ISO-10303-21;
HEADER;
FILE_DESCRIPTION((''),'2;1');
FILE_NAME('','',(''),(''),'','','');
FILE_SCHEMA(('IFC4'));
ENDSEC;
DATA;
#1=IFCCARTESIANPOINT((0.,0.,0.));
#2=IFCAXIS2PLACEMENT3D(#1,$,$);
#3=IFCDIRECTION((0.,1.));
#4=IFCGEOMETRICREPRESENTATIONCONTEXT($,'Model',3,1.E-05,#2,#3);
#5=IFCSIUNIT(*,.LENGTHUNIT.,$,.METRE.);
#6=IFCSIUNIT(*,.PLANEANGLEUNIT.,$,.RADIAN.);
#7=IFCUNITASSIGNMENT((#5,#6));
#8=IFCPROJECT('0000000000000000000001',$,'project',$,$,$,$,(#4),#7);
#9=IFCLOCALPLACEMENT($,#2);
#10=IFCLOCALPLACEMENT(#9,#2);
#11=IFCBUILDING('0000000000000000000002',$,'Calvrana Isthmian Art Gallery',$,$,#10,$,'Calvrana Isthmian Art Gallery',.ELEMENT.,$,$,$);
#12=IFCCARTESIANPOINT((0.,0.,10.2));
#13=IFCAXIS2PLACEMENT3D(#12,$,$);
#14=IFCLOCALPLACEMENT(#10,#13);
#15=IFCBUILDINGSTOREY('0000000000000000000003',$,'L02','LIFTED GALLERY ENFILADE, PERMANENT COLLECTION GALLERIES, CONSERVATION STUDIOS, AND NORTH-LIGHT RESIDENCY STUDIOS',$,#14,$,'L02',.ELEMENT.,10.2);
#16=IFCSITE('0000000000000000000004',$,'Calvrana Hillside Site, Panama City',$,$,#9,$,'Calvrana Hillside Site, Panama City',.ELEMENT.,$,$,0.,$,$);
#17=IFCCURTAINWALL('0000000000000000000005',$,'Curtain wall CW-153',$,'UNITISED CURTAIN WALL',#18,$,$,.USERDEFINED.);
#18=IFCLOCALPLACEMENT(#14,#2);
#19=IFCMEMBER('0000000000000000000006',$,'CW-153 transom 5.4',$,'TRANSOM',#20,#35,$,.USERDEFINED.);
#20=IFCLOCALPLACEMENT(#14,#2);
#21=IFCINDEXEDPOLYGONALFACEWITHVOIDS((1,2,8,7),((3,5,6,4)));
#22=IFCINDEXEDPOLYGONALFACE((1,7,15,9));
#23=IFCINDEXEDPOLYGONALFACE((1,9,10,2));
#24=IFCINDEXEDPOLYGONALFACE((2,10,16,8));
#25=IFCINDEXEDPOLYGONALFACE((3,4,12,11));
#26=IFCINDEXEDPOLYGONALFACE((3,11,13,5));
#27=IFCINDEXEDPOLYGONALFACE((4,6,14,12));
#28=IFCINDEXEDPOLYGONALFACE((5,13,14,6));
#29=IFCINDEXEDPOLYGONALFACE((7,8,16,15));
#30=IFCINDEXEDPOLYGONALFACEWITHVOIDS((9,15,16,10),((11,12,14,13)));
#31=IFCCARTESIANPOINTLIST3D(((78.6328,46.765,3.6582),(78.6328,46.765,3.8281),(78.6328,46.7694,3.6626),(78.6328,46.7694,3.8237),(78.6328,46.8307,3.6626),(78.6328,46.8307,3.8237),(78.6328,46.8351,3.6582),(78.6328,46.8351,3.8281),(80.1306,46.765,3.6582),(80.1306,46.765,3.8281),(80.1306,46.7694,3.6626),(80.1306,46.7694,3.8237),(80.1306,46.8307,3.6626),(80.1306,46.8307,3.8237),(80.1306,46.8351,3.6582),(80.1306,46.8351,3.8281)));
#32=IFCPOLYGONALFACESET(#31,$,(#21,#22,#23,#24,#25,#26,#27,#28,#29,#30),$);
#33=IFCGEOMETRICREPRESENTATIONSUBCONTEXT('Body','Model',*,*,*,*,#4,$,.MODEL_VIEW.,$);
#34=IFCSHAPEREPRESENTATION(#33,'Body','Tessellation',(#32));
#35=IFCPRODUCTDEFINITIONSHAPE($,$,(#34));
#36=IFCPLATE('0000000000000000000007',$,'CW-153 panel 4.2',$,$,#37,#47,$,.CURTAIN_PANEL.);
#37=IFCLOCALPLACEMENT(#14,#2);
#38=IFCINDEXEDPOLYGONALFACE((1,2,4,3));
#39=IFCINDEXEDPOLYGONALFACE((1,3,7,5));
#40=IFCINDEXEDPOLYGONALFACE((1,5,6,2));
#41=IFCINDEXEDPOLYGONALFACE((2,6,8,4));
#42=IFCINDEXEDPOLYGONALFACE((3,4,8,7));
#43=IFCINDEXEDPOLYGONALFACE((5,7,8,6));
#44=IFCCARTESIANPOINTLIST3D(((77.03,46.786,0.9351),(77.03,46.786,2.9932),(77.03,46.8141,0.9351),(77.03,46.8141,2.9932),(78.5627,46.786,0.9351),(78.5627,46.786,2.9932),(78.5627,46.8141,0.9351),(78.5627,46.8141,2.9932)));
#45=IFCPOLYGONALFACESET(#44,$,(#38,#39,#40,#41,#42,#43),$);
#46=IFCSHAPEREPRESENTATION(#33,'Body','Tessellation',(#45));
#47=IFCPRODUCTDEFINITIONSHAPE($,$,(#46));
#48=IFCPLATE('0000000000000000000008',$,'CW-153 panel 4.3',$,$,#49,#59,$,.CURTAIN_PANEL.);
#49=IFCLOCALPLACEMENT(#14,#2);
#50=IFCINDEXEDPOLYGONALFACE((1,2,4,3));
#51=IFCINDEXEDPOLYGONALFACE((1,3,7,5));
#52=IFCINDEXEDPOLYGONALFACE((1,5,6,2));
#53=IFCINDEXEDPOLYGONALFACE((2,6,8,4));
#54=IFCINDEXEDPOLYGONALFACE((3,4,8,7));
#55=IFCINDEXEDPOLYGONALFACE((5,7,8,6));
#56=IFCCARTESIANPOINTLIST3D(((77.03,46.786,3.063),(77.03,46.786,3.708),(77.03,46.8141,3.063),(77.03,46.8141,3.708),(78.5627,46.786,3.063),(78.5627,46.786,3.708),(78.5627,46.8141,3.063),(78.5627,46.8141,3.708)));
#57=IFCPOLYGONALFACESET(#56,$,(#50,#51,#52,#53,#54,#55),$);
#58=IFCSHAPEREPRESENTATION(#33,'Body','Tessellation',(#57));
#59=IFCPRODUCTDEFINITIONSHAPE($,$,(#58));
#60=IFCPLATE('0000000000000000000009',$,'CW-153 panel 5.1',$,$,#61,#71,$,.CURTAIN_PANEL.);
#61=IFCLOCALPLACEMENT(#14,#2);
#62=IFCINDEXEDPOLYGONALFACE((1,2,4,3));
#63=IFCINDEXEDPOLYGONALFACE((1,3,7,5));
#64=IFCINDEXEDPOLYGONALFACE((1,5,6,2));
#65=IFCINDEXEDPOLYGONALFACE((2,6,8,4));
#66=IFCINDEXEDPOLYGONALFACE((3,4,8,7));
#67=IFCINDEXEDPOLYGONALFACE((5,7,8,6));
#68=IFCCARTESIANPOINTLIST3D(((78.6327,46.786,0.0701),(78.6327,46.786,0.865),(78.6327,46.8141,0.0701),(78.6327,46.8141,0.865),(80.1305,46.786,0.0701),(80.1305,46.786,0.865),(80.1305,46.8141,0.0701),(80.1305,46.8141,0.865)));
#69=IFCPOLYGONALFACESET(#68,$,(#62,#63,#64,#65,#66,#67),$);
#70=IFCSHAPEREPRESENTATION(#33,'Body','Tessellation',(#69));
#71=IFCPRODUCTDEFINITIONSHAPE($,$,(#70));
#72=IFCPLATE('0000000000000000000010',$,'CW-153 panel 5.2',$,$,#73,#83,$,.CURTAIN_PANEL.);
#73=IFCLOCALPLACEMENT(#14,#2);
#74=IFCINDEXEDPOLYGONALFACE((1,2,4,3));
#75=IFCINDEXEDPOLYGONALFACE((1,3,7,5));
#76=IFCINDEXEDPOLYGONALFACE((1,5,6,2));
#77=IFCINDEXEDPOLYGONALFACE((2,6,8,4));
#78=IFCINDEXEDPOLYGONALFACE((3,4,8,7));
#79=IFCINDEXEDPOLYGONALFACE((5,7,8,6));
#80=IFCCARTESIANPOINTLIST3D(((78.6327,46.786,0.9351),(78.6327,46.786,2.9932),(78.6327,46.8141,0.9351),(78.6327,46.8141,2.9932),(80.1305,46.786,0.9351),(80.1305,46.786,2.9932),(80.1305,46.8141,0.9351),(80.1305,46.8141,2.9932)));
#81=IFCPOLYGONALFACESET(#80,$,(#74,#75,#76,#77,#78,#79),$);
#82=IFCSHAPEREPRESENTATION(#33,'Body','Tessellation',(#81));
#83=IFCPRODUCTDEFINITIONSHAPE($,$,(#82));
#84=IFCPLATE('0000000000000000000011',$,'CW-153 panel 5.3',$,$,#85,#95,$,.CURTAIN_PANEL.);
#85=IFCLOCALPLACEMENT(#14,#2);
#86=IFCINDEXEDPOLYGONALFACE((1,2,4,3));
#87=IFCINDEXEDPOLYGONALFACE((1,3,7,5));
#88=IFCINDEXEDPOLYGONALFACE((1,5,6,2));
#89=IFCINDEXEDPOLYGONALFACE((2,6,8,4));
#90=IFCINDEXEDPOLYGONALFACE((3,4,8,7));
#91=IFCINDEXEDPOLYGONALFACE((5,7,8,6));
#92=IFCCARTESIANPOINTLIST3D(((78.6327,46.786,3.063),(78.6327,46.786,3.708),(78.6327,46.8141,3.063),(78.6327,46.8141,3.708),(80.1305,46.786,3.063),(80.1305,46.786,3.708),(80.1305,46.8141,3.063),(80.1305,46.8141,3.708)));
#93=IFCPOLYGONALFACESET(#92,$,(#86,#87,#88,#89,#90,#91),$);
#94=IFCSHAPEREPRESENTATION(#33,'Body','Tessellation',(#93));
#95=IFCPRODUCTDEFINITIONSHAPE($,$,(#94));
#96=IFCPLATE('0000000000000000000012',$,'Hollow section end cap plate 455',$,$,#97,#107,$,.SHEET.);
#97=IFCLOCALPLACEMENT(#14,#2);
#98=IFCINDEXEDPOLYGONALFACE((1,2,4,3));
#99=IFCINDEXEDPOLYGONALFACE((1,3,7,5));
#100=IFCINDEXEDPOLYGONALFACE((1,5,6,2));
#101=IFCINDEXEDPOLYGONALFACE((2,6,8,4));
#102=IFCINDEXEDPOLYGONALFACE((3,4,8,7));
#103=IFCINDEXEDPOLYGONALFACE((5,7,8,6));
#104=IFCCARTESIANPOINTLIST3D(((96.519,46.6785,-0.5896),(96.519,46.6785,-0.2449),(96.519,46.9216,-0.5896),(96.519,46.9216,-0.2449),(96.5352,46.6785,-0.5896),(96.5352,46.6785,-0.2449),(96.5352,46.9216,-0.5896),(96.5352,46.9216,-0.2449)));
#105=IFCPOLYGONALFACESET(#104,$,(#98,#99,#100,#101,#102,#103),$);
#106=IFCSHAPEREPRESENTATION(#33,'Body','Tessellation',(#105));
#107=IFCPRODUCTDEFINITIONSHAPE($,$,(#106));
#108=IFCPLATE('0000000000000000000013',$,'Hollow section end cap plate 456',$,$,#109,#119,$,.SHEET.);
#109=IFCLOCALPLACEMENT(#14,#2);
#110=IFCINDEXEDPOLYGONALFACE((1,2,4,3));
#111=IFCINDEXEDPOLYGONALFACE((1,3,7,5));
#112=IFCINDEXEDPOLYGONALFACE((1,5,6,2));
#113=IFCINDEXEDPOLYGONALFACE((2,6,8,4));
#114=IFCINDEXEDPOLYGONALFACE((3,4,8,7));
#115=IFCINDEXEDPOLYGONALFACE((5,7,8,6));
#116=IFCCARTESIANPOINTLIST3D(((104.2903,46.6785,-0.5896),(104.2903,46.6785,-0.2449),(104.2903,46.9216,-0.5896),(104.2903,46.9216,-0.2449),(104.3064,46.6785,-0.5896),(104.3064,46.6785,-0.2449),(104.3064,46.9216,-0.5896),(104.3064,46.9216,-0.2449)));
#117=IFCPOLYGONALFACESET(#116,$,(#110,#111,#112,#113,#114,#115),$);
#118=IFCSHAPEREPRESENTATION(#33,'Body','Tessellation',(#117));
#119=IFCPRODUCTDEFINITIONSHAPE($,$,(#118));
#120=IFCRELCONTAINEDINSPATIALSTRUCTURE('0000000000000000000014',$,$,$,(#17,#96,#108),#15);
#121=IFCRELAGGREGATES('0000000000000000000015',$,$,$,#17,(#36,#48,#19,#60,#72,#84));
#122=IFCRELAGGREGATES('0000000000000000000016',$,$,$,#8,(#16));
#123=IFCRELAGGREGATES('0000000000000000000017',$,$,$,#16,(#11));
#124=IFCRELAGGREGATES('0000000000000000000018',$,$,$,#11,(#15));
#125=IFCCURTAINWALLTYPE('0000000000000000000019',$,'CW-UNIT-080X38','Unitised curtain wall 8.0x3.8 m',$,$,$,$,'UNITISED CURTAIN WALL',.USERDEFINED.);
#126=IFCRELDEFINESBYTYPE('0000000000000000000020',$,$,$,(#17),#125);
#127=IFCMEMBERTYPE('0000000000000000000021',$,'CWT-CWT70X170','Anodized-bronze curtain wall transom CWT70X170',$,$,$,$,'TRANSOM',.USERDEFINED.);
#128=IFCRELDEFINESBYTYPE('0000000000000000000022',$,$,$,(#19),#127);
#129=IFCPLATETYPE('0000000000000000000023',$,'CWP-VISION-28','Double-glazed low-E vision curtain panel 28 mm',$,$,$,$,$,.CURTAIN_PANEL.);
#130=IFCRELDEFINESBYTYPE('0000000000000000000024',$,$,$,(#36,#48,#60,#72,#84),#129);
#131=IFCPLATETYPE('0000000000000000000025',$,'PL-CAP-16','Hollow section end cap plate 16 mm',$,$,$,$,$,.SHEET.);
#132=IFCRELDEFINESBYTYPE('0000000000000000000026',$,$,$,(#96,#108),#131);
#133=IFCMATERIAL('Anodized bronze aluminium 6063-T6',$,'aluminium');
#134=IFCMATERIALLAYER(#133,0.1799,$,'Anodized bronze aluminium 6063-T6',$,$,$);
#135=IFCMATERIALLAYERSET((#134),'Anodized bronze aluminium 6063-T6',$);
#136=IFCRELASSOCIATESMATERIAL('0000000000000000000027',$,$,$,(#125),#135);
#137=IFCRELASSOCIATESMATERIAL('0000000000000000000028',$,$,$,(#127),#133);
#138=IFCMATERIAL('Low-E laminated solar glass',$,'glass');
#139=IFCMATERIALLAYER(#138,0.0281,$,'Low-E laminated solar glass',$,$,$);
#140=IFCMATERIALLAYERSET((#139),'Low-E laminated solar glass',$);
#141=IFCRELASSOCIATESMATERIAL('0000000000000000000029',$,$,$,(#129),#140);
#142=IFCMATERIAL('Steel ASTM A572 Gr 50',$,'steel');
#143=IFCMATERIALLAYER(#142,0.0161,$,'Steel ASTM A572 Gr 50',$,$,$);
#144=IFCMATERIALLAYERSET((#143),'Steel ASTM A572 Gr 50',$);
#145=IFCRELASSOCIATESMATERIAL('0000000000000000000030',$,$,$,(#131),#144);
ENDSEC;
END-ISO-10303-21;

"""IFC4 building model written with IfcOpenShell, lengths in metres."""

from ifc_helpers import new_model, si_unit, direction, frame, origin, origin_2d, place, context, subcontext, project, spatial, rectangle, hollow_rectangle, extrude, material, layer, layer_set, material_profile, profile_set, type_object, element, aggregate, save


model = new_model("IFC4")

# Units and contexts
model_context = context("Model", 3, precision=1e-05, world=origin(), true_north=direction((0.0, 1.0)))
body_context = subcontext(model_context, "Body", "Model", "MODEL_VIEW")
ifc_project = project(units=[si_unit("LENGTHUNIT", "METRE"), si_unit("PLANEANGLEUNIT", "RADIAN")], contexts=[model_context])

# Site, building, storey
site_placement = place(None, origin())
site = spatial("IfcSite", under=ifc_project, at=site_placement, Name="Calvrana Hillside Site, Panama City", LongName="Calvrana Hillside Site, Panama City", CompositionType="ELEMENT", RefElevation=0.0)
building_placement = place(site_placement, origin())
building = spatial("IfcBuilding", under=site, at=building_placement, Name="Calvrana Isthmian Art Gallery", LongName="Calvrana Isthmian Art Gallery", CompositionType="ELEMENT")
storey_placement = place(building_placement, frame((0.0, 0.0, 10.2)))
storey = spatial("IfcBuildingStorey", under=building, at=storey_placement, Name="L02", Description="LIFTED GALLERY ENFILADE, PERMANENT COLLECTION GALLERIES, CONSERVATION STUDIOS, AND NORTH-LIGHT RESIDENCY STUDIOS", LongName="L02", CompositionType="ELEMENT", Elevation=10.2)

# Curtain wall, member, plates
ifc_material_1 = material(Name="Anodized bronze aluminium 6063-T6", Category="aluminium")
ifc_layer_1 = layer(ifc_material_1, 0.1799, Name="Anodized bronze aluminium 6063-T6")
ifc_layer_set_1 = layer_set([ifc_layer_1], Name="Anodized bronze aluminium 6063-T6")
curtain_wall_type = type_object("IfcCurtainWallType", Name="CW-UNIT-080X38", Description="Unitised curtain wall 8.0x3.8 m", ElementType="UNITISED CURTAIN WALL", PredefinedType="USERDEFINED", material=ifc_layer_set_1)
curtain_wall_placement = place(storey_placement, origin())
curtain_wall = element("IfcCurtainWall", 1, at=curtain_wall_placement, inside=storey, type_object=curtain_wall_type, Name="Curtain wall CW-153", ObjectType="UNITISED CURTAIN WALL", PredefinedType="USERDEFINED")
ifc_material_profile_1 = material_profile(ifc_material_1, hollow_rectangle(XDim=0.0701, YDim=0.1699, WallThickness=0.0044, at=origin_2d()), Name="CWT70X170")
ifc_profile_set_1 = profile_set([ifc_material_profile_1], Name="Anodized bronze aluminium 6063-T6")
member_type_1 = type_object("IfcMemberType", Name="CWT-CWT70X170", Description="Anodized-bronze curtain wall transom CWT70X170", ElementType="TRANSOM", PredefinedType="USERDEFINED", material=ifc_profile_set_1)
member_1_placement = place(storey_placement, frame((78.6328, 46.8, 3.7432), z_axis=(1.0, 0.0, 0.0), x_axis=(0.0, 1.0, 0.0)))
member_1 = element("IfcMember", 2, at=member_1_placement, type_object=member_type_1, Name="CW-153 transom 5.4", ObjectType="TRANSOM", PredefinedType="USERDEFINED", context=body_context, shape_type="SweptSolid", body=[
    extrude(hollow_rectangle(XDim=0.0701, YDim=0.1699, WallThickness=0.0044, at=origin_2d()), origin(), (0.0, 0.0, 1.0), 1.4978),
])
ifc_material_2 = material(Name="Low-E laminated solar glass", Category="glass")
ifc_layer_2 = layer(ifc_material_2, 0.0281, Name="Low-E laminated solar glass")
ifc_layer_set_2 = layer_set([ifc_layer_2], Name="Low-E laminated solar glass")
plate_type_1 = type_object("IfcPlateType", Name="CWP-VISION-28", Description="Double-glazed low-E vision curtain panel 28 mm", PredefinedType="CURTAIN_PANEL", material=ifc_layer_set_2)
plate_1_placement = place(storey_placement, frame((77.7964, 46.8, 0.9351), z_axis=(0.0, 0.0, 1.0), x_axis=(1.0, 0.0, 0.0)))
plate_1 = element("IfcPlate", 3, at=plate_1_placement, type_object=plate_type_1, Name="CW-153 panel 4.2", PredefinedType="CURTAIN_PANEL", context=body_context, shape_type="SweptSolid", body=[
    extrude(rectangle(XDim=1.5327, YDim=0.0281, at=origin_2d()), origin(), (0.0, 0.0, 1.0), 2.0581),
])
plate_2_placement = place(storey_placement, frame((77.7964, 46.8, 3.063), z_axis=(0.0, 0.0, 1.0), x_axis=(1.0, 0.0, 0.0)))
plate_2 = element("IfcPlate", 4, at=plate_2_placement, type_object=plate_type_1, Name="CW-153 panel 4.3", PredefinedType="CURTAIN_PANEL", context=body_context, shape_type="SweptSolid", body=[
    extrude(rectangle(XDim=1.5327, YDim=0.0281, at=origin_2d()), origin(), (0.0, 0.0, 1.0), 0.645),
])
plate_3_placement = place(storey_placement, frame((79.3816, 46.8, 0.0701), z_axis=(0.0, 0.0, 1.0), x_axis=(1.0, 0.0, 0.0)))
plate_3 = element("IfcPlate", 5, at=plate_3_placement, type_object=plate_type_1, Name="CW-153 panel 5.1", PredefinedType="CURTAIN_PANEL", context=body_context, shape_type="SweptSolid", body=[
    extrude(rectangle(XDim=1.4978, YDim=0.0281, at=origin_2d()), origin(), (0.0, 0.0, 1.0), 0.7949),
])
plate_4_placement = place(storey_placement, frame((79.3816, 46.8, 0.9351), z_axis=(0.0, 0.0, 1.0), x_axis=(1.0, 0.0, 0.0)))
plate_4 = element("IfcPlate", 6, at=plate_4_placement, type_object=plate_type_1, Name="CW-153 panel 5.2", PredefinedType="CURTAIN_PANEL", context=body_context, shape_type="SweptSolid", body=[
    extrude(rectangle(XDim=1.4978, YDim=0.0281, at=origin_2d()), origin(), (0.0, 0.0, 1.0), 2.0581),
])
plate_5_placement = place(storey_placement, frame((79.3816, 46.8, 3.063), z_axis=(0.0, 0.0, 1.0), x_axis=(1.0, 0.0, 0.0)))
plate_5 = element("IfcPlate", 7, at=plate_5_placement, type_object=plate_type_1, Name="CW-153 panel 5.3", PredefinedType="CURTAIN_PANEL", context=body_context, shape_type="SweptSolid", body=[
    extrude(rectangle(XDim=1.4978, YDim=0.0281, at=origin_2d()), origin(), (0.0, 0.0, 1.0), 0.645),
])
aggregate(curtain_wall, [plate_1, plate_2, member_1, plate_3, plate_4, plate_5])

# Plates
ifc_material_3 = material(Name="Steel ASTM A572 Gr 50", Category="steel")
ifc_layer_3 = layer(ifc_material_3, 0.0161, Name="Steel ASTM A572 Gr 50")
ifc_layer_set_3 = layer_set([ifc_layer_3], Name="Steel ASTM A572 Gr 50")
plate_type_2 = type_object("IfcPlateType", Name="PL-CAP-16", Description="Hollow section end cap plate 16 mm", PredefinedType="SHEET", material=ifc_layer_set_3)
for number, where, z_axis, x_axis, name in (
    (8, (96.5271, 46.8, -0.5896), (0.0, 0.0, 1.0), (1.0, 0.0, 0.0), "Hollow section end cap plate 455"),
    (9, (104.2983, 46.8, -0.5896), (0.0, 0.0, 1.0), (1.0, 0.0, 0.0), "Hollow section end cap plate 456"),
):
    element("IfcPlate", number, at=place(storey_placement, frame(where, z_axis=z_axis, x_axis=x_axis)), inside=storey, type_object=plate_type_2, Name=name, PredefinedType="SHEET", context=body_context, shape_type="SweptSolid", body=[
        extrude(rectangle(XDim=0.0161, YDim=0.2432, at=origin_2d()), origin(), (0.0, 0.0, 1.0), 0.3447),
    ])

save(model, "model.ifc")
